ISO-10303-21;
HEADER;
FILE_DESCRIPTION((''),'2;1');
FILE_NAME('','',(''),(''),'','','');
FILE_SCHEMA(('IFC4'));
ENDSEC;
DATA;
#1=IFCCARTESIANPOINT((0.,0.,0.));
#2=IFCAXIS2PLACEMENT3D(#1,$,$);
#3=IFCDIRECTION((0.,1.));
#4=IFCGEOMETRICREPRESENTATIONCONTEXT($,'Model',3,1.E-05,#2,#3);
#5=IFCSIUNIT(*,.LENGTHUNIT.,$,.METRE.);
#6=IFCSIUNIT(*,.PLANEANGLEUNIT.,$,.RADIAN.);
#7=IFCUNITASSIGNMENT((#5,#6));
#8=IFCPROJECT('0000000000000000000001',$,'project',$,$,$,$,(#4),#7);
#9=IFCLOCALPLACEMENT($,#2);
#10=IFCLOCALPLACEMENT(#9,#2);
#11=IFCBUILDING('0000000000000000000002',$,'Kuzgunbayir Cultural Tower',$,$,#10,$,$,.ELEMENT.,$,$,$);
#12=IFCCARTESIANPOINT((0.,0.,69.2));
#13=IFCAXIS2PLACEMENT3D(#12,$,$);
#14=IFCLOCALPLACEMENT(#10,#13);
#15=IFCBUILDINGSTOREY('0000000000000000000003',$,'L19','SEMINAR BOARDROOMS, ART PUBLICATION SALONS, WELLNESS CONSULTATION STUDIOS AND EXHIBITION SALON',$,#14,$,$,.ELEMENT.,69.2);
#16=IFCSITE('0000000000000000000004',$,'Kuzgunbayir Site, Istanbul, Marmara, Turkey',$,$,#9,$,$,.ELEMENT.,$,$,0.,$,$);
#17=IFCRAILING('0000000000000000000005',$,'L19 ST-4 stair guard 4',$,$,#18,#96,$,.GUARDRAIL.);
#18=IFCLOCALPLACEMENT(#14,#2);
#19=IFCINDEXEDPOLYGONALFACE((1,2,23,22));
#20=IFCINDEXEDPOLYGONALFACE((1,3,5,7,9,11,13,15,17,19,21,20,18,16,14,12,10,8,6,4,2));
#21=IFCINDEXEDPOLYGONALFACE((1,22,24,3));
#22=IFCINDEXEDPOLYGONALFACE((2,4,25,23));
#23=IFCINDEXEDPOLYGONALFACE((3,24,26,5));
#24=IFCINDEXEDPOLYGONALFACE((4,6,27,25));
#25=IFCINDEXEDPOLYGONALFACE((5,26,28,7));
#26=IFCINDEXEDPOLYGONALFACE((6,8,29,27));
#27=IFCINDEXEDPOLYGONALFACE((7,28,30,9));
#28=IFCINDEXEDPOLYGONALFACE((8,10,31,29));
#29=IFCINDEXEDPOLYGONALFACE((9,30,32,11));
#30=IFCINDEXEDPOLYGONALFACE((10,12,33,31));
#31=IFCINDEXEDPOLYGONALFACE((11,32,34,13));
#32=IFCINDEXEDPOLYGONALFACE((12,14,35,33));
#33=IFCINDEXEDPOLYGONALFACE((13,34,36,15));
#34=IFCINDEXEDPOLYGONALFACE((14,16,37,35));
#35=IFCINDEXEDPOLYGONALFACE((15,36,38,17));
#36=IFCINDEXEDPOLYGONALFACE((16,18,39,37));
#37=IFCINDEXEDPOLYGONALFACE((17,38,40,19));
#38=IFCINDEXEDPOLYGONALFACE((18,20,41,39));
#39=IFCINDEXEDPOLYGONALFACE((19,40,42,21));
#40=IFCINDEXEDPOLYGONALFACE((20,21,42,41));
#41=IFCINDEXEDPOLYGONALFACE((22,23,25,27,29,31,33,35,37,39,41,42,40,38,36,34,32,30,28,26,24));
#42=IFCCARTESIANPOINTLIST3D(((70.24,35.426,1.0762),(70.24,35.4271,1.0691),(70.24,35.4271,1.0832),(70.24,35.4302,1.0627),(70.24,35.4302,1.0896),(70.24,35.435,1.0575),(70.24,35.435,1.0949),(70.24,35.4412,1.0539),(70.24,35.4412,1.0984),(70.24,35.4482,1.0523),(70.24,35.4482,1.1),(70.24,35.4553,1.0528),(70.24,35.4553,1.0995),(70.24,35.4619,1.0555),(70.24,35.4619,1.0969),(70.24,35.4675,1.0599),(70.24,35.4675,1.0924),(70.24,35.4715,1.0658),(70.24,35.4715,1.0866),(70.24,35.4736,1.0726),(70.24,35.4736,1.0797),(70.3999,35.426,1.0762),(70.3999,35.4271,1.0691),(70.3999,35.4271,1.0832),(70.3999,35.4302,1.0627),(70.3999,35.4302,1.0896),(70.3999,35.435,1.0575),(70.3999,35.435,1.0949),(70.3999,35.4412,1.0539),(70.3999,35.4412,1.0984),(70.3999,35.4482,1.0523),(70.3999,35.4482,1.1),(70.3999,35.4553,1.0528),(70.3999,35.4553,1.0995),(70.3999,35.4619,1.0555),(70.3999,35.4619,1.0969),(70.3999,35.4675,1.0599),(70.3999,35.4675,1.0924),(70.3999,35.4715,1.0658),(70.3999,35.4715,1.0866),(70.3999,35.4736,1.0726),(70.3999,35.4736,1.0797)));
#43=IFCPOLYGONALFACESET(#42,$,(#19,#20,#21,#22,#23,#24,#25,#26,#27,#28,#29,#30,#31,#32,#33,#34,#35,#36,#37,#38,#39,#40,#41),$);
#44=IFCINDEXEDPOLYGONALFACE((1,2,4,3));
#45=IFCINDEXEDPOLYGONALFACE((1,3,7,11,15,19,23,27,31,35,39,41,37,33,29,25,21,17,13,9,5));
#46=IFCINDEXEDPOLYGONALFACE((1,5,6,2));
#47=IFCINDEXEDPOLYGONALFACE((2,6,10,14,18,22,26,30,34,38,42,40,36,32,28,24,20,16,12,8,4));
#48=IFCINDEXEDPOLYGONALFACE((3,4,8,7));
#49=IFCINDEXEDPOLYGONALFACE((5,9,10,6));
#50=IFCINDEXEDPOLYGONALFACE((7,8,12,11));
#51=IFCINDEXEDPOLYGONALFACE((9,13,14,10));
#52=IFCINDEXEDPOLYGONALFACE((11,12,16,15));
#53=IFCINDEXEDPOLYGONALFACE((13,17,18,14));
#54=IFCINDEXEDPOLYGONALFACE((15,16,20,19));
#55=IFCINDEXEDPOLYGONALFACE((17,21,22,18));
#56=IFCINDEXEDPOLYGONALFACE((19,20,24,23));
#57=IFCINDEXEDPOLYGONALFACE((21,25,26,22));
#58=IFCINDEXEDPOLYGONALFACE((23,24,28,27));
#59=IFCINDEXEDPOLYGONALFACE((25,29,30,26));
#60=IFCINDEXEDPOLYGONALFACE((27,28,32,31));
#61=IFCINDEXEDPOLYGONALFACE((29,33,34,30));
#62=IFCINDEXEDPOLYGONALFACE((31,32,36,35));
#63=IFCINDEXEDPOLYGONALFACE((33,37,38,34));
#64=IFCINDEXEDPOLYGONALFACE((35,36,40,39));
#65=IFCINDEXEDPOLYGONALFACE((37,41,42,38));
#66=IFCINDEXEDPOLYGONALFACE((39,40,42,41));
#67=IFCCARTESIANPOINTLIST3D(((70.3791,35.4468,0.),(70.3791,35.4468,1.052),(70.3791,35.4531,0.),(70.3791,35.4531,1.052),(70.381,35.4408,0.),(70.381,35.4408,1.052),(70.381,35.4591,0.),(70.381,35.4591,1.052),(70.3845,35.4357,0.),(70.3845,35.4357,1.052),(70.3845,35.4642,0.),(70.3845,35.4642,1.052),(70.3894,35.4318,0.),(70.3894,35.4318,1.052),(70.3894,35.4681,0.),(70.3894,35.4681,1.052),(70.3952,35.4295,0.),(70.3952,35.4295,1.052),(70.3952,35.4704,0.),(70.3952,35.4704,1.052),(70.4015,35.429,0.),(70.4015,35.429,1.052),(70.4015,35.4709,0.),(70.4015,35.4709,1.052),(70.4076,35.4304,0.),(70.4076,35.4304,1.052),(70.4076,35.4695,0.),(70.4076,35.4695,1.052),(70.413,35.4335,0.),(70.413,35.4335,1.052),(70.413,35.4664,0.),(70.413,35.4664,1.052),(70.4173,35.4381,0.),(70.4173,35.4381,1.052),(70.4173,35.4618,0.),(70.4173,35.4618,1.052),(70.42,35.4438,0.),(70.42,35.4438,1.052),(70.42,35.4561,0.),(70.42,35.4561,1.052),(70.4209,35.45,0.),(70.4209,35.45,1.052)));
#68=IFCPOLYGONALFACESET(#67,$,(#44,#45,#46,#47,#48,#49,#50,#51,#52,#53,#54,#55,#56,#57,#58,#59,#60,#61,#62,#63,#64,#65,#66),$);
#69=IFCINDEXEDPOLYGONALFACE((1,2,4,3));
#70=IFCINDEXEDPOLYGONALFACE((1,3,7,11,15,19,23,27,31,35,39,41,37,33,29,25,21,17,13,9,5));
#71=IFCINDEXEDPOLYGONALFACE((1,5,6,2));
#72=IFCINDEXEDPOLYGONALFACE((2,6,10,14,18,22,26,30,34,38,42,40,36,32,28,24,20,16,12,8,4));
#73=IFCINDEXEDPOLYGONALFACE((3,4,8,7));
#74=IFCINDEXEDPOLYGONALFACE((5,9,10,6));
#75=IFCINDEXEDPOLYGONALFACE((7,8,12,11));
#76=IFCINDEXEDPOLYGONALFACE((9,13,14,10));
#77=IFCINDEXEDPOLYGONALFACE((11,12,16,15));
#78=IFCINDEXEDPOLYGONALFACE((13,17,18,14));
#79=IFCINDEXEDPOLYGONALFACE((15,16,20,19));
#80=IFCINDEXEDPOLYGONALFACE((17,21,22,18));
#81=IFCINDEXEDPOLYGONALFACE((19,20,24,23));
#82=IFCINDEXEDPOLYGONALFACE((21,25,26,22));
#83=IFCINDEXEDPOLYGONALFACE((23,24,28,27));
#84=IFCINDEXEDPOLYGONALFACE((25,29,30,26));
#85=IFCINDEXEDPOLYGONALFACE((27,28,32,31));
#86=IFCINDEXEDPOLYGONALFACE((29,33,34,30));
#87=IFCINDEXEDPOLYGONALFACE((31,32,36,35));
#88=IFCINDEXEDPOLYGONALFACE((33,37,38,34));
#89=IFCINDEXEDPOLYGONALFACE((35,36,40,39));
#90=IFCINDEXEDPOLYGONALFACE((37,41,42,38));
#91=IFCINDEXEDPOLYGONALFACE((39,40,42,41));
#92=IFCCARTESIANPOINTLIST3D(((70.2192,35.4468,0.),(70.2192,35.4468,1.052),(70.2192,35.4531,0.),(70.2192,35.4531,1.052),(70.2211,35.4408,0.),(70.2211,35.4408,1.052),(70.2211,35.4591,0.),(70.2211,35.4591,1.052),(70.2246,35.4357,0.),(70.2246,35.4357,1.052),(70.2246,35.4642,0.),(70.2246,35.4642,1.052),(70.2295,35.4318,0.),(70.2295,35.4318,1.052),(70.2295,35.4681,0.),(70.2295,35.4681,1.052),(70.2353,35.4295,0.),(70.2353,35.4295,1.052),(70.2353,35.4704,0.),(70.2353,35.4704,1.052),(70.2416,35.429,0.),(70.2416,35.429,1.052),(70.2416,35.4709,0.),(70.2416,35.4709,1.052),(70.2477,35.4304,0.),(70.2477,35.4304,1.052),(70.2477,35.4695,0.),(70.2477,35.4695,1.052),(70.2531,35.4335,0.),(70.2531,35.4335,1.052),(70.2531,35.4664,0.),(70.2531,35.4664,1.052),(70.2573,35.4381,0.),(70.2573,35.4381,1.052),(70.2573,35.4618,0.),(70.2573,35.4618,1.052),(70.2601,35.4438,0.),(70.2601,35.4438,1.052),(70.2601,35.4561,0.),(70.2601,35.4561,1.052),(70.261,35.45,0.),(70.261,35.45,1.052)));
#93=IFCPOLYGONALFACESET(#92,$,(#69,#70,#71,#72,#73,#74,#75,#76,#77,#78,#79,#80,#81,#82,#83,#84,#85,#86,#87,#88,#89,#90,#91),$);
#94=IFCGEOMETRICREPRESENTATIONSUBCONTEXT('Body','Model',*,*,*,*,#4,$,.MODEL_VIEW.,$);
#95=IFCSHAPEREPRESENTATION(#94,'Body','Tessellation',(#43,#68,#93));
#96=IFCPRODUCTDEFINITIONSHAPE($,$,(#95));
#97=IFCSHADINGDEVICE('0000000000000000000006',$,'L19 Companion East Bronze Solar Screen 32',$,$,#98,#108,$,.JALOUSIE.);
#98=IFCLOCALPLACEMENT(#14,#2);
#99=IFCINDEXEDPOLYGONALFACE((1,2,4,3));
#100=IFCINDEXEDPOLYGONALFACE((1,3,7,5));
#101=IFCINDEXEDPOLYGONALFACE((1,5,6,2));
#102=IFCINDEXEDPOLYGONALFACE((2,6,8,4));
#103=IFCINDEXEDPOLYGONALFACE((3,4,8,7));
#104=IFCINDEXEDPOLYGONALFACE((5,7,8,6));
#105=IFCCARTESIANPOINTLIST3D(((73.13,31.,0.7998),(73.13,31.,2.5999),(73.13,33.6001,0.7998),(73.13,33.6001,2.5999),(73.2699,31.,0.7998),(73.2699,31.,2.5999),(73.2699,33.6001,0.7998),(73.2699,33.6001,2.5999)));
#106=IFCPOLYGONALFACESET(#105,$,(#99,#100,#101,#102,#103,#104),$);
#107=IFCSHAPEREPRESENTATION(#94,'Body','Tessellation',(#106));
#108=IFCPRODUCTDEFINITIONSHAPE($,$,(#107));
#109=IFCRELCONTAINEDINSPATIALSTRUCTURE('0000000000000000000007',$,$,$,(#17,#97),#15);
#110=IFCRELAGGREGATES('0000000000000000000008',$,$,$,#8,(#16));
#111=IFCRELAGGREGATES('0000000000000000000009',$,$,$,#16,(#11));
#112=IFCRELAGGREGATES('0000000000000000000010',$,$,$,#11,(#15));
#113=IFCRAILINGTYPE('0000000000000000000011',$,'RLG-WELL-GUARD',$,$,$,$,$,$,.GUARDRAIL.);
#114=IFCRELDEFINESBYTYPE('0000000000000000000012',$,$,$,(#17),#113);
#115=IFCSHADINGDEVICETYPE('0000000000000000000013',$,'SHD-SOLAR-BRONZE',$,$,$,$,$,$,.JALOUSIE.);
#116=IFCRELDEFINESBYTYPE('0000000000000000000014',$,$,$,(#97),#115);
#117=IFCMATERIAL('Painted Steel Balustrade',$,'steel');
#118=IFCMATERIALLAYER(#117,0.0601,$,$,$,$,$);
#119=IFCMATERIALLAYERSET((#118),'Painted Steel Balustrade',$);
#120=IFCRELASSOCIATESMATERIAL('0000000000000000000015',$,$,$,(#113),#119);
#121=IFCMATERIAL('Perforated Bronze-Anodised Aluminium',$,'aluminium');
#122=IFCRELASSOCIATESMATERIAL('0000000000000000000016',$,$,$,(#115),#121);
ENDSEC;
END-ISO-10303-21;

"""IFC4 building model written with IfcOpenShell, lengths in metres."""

from ifc_helpers import new_model, si_unit, direction, frame, origin, origin_2d, place, context, subcontext, project, spatial, rectangle, circle, extrude, material, layer, layer_set, type_object, element, save


model = new_model("IFC4")

# Units and contexts
model_context = context("Model", 3, precision=1e-05, world=origin(), true_north=direction((0.0, 1.0)))
body_context = subcontext(model_context, "Body", "Model", "MODEL_VIEW")
ifc_project = project(units=[si_unit("LENGTHUNIT", "METRE"), si_unit("PLANEANGLEUNIT", "RADIAN")], contexts=[model_context])

# Site, building, storey
site_placement = place(None, origin())
site = spatial("IfcSite", under=ifc_project, at=site_placement, Name="Kuzgunbayir Site, Istanbul, Marmara, Turkey", CompositionType="ELEMENT", RefElevation=0.0)
building_placement = place(site_placement, origin())
building = spatial("IfcBuilding", under=site, at=building_placement, Name="Kuzgunbayir Cultural Tower", CompositionType="ELEMENT")
storey_placement = place(building_placement, frame((0.0, 0.0, 69.2)))
storey = spatial("IfcBuildingStorey", under=building, at=storey_placement, Name="L19", Description="SEMINAR BOARDROOMS, ART PUBLICATION SALONS, WELLNESS CONSULTATION STUDIOS AND EXHIBITION SALON", CompositionType="ELEMENT", Elevation=69.2)

# Railing
ifc_material_1 = material(Name="Painted Steel Balustrade", Category="steel")
ifc_layer_1 = layer(ifc_material_1, 0.0601)
ifc_layer_set_1 = layer_set([ifc_layer_1], Name="Painted Steel Balustrade")
railing_type = type_object("IfcRailingType", Name="RLG-WELL-GUARD", PredefinedType="GUARDRAIL", material=ifc_layer_set_1)
railing_1_placement = place(storey_placement, frame((70.3999, 35.45, 0.0)))
element("IfcRailing", 1, at=railing_1_placement, inside=storey, type_object=railing_type, Name="L19 ST-4 stair guard 4", PredefinedType="GUARDRAIL", context=body_context, shape_type="SweptSolid", body=[
    extrude(circle(Radius=0.0239, at=origin_2d()), frame((0.0, 0.0, 1.0762), z_axis=(-1.0, 0.0, 0.0), x_axis=(0.0, -1.0, 0.0)), (0.0, 0.0, 1.0), 0.1599),
    extrude(circle(Radius=0.021, at=origin_2d()), origin(), (0.0, 0.0, 1.0), 1.052),
    extrude(circle(Radius=0.021, at=origin_2d()), frame((-0.1599, 0.0, 0.0)), (0.0, 0.0, 1.0), 1.052),
])

# Shading device
ifc_material_2 = material(Name="Perforated Bronze-Anodised Aluminium", Category="aluminium")
shading_device_type = type_object("IfcShadingDeviceType", Name="SHD-SOLAR-BRONZE", PredefinedType="JALOUSIE", material=ifc_material_2)
shading_device_placement = place(storey_placement, frame((73.2, 32.3, 0.7998), z_axis=(0.0, 0.0, 1.0), x_axis=(1.0, 0.0, 0.0)))
element("IfcShadingDevice", 2, at=shading_device_placement, inside=storey, type_object=shading_device_type, Name="L19 Companion East Bronze Solar Screen 32", PredefinedType="JALOUSIE", context=body_context, shape_type="SweptSolid", body=[
    extrude(rectangle(XDim=0.1399, YDim=2.6001, at=origin_2d()), origin(), (0.0, 0.0, 1.0), 1.8),
])

save(model, "model.ifc")
